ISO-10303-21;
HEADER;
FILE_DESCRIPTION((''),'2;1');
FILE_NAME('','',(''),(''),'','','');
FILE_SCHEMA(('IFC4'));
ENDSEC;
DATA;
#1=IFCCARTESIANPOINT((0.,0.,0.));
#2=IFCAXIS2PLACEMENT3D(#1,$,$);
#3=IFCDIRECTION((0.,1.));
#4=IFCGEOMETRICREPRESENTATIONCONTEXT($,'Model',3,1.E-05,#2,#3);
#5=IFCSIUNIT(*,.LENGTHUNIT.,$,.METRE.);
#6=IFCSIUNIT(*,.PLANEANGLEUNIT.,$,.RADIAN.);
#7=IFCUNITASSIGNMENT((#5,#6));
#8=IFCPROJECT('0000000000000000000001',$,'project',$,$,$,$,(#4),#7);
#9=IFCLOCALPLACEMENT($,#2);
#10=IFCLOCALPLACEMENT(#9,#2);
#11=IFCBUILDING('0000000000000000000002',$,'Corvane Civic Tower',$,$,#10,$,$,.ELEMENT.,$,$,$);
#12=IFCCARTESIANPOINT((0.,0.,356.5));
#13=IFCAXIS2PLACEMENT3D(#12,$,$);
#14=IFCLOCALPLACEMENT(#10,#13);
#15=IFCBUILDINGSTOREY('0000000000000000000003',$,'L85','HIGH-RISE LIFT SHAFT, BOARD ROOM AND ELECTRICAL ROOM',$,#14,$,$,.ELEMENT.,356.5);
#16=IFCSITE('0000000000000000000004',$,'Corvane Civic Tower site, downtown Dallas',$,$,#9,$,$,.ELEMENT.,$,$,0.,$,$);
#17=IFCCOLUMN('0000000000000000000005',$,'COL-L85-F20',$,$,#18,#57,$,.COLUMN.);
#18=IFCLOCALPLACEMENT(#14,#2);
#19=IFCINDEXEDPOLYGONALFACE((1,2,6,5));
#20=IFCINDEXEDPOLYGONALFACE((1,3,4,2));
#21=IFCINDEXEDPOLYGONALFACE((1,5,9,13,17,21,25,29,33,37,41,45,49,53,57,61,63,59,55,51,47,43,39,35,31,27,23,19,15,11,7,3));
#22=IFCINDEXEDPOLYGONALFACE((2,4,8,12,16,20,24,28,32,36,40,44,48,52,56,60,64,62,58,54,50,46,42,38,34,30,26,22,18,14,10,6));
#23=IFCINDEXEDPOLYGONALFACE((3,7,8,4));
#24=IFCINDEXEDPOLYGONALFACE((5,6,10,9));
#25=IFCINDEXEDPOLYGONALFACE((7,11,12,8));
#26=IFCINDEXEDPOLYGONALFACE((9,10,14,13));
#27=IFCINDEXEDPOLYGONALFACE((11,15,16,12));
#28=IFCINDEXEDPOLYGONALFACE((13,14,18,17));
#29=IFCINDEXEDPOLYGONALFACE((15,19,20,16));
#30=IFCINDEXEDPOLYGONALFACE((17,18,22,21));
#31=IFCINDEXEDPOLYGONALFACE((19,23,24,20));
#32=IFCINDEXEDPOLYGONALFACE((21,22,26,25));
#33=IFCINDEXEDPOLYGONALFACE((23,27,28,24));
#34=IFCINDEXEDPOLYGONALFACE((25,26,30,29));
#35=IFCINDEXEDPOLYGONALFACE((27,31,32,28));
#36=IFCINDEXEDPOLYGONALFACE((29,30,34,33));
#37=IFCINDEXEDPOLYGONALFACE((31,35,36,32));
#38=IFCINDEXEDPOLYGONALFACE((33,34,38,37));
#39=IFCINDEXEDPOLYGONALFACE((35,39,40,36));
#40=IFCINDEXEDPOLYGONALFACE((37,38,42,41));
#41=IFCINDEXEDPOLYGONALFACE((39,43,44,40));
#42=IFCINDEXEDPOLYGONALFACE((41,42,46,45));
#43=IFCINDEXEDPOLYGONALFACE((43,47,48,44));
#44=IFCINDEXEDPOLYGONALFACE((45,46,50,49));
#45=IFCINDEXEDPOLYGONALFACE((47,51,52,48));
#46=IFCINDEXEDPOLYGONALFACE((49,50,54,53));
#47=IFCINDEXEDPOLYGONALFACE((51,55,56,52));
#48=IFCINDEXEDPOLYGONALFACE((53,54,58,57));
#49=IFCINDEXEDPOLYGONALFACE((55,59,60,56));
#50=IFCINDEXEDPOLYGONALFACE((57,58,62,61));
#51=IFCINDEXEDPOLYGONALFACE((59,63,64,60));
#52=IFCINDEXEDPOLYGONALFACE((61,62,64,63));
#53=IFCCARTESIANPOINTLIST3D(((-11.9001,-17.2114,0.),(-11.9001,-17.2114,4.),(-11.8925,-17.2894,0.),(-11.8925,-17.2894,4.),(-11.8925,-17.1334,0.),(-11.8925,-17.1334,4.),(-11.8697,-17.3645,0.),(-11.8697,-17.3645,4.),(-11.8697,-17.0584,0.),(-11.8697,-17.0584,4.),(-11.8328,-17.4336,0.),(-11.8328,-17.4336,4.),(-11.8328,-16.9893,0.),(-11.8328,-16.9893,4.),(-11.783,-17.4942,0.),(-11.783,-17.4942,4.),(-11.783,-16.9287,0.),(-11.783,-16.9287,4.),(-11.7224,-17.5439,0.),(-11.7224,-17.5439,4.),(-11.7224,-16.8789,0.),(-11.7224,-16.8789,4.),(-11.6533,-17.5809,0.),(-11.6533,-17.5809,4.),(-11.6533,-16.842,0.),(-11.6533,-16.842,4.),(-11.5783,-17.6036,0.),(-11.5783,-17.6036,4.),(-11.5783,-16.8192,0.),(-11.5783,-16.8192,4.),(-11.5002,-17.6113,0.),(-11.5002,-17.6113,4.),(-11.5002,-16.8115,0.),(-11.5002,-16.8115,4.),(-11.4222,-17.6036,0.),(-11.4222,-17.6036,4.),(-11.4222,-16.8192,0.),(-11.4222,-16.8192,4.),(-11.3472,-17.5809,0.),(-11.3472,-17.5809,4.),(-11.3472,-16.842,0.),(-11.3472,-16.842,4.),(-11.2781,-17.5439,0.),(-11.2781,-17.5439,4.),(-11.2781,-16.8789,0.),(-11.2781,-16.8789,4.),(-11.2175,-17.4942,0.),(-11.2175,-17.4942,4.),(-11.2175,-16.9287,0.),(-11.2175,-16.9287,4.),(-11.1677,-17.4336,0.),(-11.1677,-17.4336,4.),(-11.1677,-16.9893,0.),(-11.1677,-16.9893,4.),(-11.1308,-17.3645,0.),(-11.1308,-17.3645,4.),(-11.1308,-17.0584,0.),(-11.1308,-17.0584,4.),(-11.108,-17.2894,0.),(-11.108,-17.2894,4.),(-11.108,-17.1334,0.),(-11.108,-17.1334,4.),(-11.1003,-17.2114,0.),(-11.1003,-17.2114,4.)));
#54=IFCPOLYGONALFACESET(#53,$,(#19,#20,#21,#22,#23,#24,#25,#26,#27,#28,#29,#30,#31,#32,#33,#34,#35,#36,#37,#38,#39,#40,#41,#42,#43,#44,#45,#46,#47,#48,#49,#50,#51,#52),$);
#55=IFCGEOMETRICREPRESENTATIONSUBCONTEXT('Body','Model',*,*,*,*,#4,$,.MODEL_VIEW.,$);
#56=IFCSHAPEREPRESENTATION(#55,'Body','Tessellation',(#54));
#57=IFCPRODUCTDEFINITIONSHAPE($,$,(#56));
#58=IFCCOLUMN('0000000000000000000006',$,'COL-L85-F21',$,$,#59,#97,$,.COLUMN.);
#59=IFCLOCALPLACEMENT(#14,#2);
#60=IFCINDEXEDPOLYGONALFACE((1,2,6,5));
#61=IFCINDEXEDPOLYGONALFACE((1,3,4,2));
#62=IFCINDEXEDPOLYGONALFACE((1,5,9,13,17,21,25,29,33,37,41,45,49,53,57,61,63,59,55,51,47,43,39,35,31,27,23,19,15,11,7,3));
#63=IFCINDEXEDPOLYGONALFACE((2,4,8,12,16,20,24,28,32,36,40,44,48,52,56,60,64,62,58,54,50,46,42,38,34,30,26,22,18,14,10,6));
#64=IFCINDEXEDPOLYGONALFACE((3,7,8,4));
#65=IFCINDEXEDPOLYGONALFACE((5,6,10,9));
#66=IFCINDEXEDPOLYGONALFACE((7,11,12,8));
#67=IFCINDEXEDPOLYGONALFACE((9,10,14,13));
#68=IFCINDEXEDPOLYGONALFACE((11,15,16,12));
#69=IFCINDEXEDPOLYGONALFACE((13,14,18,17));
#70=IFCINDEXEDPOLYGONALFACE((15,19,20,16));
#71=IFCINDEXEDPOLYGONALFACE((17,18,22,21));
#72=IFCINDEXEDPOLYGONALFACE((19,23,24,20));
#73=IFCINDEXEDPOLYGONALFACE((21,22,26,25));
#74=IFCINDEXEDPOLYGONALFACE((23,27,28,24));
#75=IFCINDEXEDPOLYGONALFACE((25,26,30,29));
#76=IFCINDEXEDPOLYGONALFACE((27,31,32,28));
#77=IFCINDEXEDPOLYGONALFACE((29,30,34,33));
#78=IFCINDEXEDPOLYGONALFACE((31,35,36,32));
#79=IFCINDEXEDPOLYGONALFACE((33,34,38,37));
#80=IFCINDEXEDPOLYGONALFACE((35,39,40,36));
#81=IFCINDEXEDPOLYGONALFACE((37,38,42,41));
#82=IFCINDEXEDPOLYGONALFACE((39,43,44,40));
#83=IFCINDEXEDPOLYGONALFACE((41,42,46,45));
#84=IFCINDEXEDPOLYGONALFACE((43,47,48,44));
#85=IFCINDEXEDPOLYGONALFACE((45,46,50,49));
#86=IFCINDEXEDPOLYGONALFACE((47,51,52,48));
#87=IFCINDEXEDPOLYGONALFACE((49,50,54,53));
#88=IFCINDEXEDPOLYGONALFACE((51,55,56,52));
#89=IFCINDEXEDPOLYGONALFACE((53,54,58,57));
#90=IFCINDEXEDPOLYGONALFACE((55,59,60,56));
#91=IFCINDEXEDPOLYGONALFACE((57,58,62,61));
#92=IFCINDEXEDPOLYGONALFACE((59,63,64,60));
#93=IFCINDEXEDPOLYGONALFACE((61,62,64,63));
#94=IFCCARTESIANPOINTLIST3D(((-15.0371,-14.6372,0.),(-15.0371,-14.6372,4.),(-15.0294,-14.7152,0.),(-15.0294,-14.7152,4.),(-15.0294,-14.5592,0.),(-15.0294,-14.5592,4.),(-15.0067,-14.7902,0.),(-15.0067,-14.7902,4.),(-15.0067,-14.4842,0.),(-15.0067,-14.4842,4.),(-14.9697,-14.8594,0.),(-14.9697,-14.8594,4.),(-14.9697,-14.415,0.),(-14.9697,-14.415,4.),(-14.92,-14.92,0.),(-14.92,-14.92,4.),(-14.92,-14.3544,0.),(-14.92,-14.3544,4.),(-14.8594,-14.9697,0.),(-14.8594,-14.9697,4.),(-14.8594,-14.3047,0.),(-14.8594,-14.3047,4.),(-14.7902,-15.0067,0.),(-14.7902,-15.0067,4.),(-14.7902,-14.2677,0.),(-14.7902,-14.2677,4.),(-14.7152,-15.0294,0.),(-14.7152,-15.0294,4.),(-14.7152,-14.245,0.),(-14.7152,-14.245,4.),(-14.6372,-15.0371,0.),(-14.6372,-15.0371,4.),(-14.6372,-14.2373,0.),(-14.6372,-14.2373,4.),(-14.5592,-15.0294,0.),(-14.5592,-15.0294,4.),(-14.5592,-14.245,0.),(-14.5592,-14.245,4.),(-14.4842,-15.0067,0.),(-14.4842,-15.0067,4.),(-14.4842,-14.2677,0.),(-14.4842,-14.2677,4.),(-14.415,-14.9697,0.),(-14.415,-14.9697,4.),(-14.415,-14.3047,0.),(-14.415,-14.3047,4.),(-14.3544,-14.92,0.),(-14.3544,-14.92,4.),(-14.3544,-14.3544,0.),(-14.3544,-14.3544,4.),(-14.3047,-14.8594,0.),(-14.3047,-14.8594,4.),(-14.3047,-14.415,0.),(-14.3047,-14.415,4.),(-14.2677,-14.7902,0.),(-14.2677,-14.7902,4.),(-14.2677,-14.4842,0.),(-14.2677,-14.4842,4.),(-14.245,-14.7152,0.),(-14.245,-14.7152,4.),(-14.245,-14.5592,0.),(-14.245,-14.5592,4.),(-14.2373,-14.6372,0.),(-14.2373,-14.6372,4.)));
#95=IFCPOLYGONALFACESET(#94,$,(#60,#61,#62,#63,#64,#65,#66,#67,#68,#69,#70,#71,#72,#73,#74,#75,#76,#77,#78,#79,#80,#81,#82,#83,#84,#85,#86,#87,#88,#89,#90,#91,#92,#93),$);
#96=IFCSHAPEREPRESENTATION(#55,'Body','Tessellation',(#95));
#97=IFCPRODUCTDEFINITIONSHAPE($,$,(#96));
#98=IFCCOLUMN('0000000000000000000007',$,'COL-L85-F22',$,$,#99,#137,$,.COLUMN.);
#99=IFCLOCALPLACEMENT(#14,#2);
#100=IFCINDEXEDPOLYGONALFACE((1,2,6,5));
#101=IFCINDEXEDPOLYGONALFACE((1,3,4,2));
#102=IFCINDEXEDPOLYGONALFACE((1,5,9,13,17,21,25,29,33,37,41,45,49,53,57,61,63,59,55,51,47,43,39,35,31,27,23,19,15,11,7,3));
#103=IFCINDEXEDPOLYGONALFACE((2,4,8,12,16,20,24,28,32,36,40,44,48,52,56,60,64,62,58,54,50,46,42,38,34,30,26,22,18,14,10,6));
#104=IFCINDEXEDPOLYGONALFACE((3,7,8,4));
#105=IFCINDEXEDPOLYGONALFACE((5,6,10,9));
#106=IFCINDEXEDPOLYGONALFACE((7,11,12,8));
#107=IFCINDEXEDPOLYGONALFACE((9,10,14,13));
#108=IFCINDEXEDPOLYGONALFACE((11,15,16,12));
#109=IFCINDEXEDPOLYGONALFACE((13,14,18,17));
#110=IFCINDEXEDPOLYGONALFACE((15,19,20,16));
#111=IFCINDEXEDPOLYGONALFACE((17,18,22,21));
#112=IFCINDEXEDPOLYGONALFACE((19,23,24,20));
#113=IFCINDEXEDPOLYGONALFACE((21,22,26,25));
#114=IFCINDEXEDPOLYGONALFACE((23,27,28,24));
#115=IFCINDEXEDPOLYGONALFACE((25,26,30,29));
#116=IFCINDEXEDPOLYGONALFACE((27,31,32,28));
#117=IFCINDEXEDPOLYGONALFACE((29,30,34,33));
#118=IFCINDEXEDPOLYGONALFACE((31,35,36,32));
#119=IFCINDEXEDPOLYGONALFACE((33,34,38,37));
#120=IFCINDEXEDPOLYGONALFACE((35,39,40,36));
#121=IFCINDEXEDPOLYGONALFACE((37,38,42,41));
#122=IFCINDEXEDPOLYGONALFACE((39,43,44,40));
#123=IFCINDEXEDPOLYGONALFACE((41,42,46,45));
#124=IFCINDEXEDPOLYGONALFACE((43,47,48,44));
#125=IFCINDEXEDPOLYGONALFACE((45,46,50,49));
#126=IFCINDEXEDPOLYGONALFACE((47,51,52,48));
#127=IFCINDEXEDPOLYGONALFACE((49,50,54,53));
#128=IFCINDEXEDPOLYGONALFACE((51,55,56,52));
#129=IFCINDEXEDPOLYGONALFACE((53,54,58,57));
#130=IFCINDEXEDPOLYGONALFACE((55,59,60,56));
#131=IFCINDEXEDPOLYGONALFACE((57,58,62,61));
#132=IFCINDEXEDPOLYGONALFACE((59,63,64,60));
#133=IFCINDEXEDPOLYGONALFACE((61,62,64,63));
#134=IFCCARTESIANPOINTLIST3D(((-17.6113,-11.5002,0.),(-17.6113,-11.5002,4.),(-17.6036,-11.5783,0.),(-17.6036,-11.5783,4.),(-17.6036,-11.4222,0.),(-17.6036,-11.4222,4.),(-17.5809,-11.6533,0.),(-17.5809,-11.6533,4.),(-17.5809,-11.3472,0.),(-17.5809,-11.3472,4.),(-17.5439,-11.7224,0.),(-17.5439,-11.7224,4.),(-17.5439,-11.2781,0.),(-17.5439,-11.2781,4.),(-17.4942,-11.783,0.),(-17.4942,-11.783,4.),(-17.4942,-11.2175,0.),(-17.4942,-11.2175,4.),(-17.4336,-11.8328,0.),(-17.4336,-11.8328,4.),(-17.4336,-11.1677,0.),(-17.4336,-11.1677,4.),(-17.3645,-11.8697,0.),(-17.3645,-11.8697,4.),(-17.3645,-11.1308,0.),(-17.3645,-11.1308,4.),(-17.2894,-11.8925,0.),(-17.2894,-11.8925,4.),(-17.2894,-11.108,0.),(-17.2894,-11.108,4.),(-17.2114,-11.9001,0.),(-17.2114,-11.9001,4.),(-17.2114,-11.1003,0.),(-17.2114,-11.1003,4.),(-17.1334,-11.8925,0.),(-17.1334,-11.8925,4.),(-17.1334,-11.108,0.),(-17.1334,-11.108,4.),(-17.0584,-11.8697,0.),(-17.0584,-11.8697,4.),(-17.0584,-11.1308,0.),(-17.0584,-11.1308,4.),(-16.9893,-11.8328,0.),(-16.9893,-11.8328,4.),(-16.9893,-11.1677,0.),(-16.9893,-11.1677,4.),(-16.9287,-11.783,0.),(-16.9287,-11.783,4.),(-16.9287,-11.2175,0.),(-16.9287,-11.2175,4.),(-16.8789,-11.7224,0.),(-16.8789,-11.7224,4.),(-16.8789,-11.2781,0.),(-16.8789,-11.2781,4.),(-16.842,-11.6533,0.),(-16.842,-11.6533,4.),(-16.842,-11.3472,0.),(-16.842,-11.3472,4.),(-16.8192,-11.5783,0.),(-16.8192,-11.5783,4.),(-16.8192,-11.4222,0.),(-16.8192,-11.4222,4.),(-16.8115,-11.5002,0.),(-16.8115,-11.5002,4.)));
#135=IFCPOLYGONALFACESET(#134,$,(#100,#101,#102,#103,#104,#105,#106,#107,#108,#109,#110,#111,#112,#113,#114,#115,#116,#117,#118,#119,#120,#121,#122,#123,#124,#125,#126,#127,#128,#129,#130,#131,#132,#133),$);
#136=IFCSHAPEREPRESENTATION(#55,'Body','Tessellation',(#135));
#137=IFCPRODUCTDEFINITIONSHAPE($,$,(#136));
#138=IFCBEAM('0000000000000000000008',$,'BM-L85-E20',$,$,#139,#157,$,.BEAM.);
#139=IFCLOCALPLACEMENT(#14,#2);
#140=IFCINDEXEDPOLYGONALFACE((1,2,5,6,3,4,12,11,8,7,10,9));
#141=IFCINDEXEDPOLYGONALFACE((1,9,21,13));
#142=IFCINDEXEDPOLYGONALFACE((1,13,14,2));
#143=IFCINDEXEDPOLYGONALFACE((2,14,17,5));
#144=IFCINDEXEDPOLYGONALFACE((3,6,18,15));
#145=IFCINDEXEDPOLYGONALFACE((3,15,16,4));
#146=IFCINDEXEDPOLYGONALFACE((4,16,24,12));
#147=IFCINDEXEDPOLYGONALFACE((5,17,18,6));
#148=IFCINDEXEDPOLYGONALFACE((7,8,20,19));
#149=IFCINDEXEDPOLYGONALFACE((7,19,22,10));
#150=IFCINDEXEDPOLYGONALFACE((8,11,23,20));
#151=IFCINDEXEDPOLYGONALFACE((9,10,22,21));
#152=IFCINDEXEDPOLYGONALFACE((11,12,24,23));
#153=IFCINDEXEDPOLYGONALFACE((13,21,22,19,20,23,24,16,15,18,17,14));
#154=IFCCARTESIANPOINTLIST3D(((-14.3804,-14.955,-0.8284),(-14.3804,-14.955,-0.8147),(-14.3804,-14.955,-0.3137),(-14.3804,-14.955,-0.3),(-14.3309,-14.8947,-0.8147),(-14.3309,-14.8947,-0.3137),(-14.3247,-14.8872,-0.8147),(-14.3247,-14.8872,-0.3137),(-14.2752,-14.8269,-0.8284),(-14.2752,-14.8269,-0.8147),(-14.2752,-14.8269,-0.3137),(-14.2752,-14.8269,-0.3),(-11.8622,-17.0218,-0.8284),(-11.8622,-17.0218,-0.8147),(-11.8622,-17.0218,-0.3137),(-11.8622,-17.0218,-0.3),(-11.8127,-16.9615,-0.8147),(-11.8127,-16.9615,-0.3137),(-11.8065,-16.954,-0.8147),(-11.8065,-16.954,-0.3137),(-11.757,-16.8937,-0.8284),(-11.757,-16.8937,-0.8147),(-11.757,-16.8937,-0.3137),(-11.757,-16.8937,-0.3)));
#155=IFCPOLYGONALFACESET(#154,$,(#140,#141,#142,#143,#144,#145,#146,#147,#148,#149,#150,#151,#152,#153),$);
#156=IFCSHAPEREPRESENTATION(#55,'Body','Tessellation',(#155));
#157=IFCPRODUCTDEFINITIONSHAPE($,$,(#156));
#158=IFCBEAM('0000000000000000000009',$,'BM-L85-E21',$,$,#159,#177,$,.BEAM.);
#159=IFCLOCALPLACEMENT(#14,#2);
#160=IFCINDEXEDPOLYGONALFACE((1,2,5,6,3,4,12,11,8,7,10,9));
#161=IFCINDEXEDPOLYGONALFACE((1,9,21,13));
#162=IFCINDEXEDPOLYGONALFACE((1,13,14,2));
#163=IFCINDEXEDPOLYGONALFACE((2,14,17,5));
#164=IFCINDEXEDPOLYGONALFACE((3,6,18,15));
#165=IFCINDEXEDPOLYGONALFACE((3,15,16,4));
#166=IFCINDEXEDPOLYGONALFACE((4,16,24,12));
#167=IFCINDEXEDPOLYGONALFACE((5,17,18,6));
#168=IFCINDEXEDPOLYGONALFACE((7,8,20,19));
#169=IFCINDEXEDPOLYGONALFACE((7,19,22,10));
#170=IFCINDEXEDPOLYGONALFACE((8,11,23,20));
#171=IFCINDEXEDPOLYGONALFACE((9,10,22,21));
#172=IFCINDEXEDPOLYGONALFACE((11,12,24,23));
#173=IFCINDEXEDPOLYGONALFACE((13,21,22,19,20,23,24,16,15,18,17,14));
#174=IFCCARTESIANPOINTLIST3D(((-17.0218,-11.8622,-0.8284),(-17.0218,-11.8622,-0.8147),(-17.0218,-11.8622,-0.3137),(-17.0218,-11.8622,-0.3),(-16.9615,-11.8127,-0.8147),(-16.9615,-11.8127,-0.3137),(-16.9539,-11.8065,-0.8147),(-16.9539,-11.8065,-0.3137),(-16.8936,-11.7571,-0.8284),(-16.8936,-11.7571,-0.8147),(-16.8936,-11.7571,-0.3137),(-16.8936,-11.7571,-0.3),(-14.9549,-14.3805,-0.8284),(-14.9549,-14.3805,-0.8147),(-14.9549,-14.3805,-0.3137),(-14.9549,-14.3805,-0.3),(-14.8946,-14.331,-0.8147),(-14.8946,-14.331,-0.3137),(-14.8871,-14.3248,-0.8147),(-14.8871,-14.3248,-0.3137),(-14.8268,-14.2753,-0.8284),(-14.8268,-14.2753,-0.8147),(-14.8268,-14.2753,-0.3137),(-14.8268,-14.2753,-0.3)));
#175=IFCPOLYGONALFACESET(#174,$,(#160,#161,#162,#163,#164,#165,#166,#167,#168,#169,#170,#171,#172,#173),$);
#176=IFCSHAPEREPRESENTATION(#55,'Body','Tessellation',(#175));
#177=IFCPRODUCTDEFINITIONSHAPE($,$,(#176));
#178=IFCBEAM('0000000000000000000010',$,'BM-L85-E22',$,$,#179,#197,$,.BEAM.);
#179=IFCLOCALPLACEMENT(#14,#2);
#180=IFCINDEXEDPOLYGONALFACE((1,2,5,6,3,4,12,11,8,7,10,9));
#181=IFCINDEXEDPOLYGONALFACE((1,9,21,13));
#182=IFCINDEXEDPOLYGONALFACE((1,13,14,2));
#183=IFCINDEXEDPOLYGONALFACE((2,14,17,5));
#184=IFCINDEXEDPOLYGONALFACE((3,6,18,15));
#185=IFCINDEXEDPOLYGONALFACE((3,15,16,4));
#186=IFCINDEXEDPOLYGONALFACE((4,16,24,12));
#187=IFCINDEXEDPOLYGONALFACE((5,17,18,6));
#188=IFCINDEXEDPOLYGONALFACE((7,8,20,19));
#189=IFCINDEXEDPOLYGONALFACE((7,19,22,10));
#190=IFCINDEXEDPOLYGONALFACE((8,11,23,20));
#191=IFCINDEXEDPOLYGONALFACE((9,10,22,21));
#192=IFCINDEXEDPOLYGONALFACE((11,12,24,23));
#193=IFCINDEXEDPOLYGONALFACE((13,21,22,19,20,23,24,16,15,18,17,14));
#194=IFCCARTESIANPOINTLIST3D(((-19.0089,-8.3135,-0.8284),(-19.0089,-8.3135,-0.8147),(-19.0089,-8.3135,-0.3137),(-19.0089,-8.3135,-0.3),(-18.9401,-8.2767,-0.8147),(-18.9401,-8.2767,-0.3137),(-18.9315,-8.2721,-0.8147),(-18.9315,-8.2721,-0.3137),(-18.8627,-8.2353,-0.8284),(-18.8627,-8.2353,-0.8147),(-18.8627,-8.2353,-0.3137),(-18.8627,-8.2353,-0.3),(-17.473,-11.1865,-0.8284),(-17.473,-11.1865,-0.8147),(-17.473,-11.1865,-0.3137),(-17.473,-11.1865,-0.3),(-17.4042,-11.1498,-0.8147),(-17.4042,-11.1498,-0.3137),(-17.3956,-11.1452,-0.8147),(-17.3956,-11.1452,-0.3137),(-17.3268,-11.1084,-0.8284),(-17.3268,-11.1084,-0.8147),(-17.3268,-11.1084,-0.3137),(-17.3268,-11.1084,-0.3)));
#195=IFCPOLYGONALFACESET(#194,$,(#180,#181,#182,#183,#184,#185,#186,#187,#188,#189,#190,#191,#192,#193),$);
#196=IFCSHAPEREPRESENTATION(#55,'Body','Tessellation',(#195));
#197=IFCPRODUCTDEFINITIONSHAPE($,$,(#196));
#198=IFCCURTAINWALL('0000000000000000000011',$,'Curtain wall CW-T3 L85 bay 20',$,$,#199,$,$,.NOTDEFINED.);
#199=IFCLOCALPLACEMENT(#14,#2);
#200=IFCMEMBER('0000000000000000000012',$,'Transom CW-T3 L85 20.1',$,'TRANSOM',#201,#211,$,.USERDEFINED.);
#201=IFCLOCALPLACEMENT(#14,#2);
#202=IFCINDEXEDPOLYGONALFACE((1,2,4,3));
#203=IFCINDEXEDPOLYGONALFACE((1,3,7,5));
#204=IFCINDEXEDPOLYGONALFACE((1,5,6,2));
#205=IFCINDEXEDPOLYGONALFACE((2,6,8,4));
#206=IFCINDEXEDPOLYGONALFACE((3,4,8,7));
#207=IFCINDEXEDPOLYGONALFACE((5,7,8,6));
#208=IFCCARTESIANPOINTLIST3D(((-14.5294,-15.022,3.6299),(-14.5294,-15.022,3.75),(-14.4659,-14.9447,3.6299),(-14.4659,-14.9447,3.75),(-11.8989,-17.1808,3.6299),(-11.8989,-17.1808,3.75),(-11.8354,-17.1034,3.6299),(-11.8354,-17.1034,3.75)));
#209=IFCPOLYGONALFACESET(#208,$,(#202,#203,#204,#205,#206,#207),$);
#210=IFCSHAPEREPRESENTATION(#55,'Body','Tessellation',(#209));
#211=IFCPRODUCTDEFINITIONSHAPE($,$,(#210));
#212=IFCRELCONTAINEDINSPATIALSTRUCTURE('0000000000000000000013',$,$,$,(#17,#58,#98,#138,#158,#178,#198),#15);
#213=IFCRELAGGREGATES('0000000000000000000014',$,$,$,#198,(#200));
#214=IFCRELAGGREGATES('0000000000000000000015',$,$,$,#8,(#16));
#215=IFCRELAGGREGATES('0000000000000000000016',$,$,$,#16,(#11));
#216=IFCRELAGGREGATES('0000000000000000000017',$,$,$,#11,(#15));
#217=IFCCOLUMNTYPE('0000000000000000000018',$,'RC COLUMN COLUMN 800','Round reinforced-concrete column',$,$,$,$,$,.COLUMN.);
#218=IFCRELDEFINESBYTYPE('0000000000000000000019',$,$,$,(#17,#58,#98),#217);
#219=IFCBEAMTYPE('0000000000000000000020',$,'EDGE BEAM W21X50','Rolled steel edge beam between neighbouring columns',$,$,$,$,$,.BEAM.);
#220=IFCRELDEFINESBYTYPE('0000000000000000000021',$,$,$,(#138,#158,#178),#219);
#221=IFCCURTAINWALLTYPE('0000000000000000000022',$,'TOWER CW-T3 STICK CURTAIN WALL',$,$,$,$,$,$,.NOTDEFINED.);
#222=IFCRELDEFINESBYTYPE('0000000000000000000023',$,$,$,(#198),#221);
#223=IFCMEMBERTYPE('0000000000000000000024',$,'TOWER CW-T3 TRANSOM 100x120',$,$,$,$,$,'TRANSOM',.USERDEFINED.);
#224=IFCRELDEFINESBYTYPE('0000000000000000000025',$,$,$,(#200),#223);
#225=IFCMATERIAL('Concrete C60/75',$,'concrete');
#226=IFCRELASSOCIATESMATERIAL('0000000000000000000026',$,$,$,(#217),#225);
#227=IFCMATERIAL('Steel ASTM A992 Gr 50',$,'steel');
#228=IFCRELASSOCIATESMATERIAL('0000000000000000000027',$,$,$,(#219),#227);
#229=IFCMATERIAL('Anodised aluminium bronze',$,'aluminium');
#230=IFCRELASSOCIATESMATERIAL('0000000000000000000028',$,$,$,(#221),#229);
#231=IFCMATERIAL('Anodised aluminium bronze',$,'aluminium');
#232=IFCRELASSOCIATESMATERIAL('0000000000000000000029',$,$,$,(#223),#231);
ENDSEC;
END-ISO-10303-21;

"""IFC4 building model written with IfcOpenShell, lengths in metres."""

from ifc_helpers import new_model, si_unit, direction, frame, origin, origin_2d, place, context, subcontext, project, spatial, rectangle, circle, i_section, extrude, material, material_profile, profile_set, type_object, element, aggregate, save


model = new_model("IFC4")

# Units and contexts
model_context = context("Model", 3, precision=1e-05, world=origin(), true_north=direction((0.0, 1.0)))
body_context = subcontext(model_context, "Body", "Model", "MODEL_VIEW")
ifc_project = project(units=[si_unit("LENGTHUNIT", "METRE"), si_unit("PLANEANGLEUNIT", "RADIAN")], contexts=[model_context])

# Site, building, storey
site_placement = place(None, origin())
site = spatial("IfcSite", under=ifc_project, at=site_placement, Name="Corvane Civic Tower site, downtown Dallas", CompositionType="ELEMENT", RefElevation=0.0)
building_placement = place(site_placement, origin())
building = spatial("IfcBuilding", under=site, at=building_placement, Name="Corvane Civic Tower", CompositionType="ELEMENT")
storey_placement = place(building_placement, frame((0.0, 0.0, 356.5)))
storey = spatial("IfcBuildingStorey", under=building, at=storey_placement, Name="L85", Description="HIGH-RISE LIFT SHAFT, BOARD ROOM AND ELECTRICAL ROOM", CompositionType="ELEMENT", Elevation=356.5)

# Columns
ifc_material_1 = material(Name="Concrete C60/75", Category="concrete")
ifc_material_profile_1 = material_profile(ifc_material_1, circle(Radius=0.3999, at=origin_2d()), Name="COLUMN 800")
ifc_profile_set_1 = profile_set([ifc_material_profile_1], Name="Concrete C60/75")
column_type = type_object("IfcColumnType", Name="RC COLUMN COLUMN 800", Description="Round reinforced-concrete column", PredefinedType="COLUMN", material=ifc_profile_set_1)
for number, where, z_axis, x_axis, name in (
    (1, (-11.5002, -17.2114, 0.0), (0.0, 0.0, 1.0), (1.0, 0.0, 0.0), "COL-L85-F20"),
    (2, (-14.6372, -14.6372, 0.0), (0.0, 0.0, 1.0), (1.0, 0.0, 0.0), "COL-L85-F21"),
    (3, (-17.2114, -11.5002, 0.0), (0.0, 0.0, 1.0), (1.0, 0.0, 0.0), "COL-L85-F22"),
):
    element("IfcColumn", number, at=place(storey_placement, frame(where, z_axis=z_axis, x_axis=x_axis)), inside=storey, type_object=column_type, Name=name, PredefinedType="COLUMN", context=body_context, shape_type="SweptSolid", body=[
        extrude(circle(Radius=0.3999, at=origin_2d()), origin(), (0.0, 0.0, 1.0), 4.0),
    ])

# Beams
ifc_material_2 = material(Name="Steel ASTM A992 Gr 50", Category="steel")
ifc_material_profile_2 = material_profile(ifc_material_2, i_section(OverallWidth=0.1658, OverallDepth=0.5283, WebThickness=0.0098, FlangeThickness=0.0137, at=origin_2d()), Name="W21X50")
ifc_profile_set_2 = profile_set([ifc_material_profile_2], Name="Steel ASTM A992 Gr 50")
beam_type = type_object("IfcBeamType", Name="EDGE BEAM W21X50", Description="Rolled steel edge beam between neighbouring columns", PredefinedType="BEAM", material=ifc_profile_set_2)
for number, where, z_axis, x_axis, name in (
    (4, (-11.8096, -16.9578, -0.5642), (-0.772985, 0.634425, 0.0), (-0.634425, -0.772985, 0.0), "BM-L85-E20"),
    (5, (-14.8909, -14.3279, -0.5642), (-0.634425, 0.772985, 0.0), (-0.772985, -0.634425, 0.0), "BM-L85-E21"),
    (6, (-17.3999, -11.1475, -0.5642), (-0.471448, 0.881894, 0.0), (-0.881894, -0.471448, 0.0), "BM-L85-E22"),
):
    element("IfcBeam", number, at=place(storey_placement, frame(where, z_axis=z_axis, x_axis=x_axis)), inside=storey, type_object=beam_type, Name=name, PredefinedType="BEAM", context=body_context, shape_type="SweptSolid", body=[
        extrude(i_section(OverallWidth=0.1658, OverallDepth=0.5283, WebThickness=0.0098, FlangeThickness=0.0137, at=origin_2d()), origin(), (0.0, 0.0, 1.0), 3.2578),
    ])

# Curtain wall, member
ifc_material_3 = material(Name="Anodised aluminium bronze", Category="aluminium")
curtain_wall_type = type_object("IfcCurtainWallType", Name="TOWER CW-T3 STICK CURTAIN WALL", PredefinedType="NOTDEFINED", material=ifc_material_3)
curtain_wall_1_placement = place(storey_placement, origin())
curtain_wall_1 = element("IfcCurtainWall", 7, at=curtain_wall_1_placement, inside=storey, type_object=curtain_wall_type, Name="Curtain wall CW-T3 L85 bay 20", PredefinedType="NOTDEFINED")
ifc_material_4 = material(Name="Anodised aluminium bronze", Category="aluminium")
ifc_material_profile_3 = material_profile(ifc_material_4, rectangle(XDim=0.1001, YDim=0.1201, at=origin_2d()), Name="TOWER CW-T3 TRANSOM 100x120")
ifc_profile_set_3 = profile_set([ifc_material_profile_3], Name="Anodised aluminium bronze")
member_type = type_object("IfcMemberType", Name="TOWER CW-T3 TRANSOM 100x120", ElementType="TRANSOM", PredefinedType="USERDEFINED", material=ifc_profile_set_3)
member_1_placement = place(storey_placement, frame((-11.8672, -17.1421, 3.6899), z_axis=(-0.77301, 0.634394, 0.0), x_axis=(-0.634394, -0.77301, 0.0)))
member_1 = element("IfcMember", 8, at=member_1_placement, type_object=member_type, Name="Transom CW-T3 L85 20.1", ObjectType="TRANSOM", PredefinedType="USERDEFINED", context=body_context, shape_type="SweptSolid", body=[
    extrude(rectangle(XDim=0.1001, YDim=0.1201, at=origin_2d()), origin(), (0.0, 0.0, 1.0), 3.4028),
])

aggregate(curtain_wall_1, [member_1])

save(model, "model.ifc")
